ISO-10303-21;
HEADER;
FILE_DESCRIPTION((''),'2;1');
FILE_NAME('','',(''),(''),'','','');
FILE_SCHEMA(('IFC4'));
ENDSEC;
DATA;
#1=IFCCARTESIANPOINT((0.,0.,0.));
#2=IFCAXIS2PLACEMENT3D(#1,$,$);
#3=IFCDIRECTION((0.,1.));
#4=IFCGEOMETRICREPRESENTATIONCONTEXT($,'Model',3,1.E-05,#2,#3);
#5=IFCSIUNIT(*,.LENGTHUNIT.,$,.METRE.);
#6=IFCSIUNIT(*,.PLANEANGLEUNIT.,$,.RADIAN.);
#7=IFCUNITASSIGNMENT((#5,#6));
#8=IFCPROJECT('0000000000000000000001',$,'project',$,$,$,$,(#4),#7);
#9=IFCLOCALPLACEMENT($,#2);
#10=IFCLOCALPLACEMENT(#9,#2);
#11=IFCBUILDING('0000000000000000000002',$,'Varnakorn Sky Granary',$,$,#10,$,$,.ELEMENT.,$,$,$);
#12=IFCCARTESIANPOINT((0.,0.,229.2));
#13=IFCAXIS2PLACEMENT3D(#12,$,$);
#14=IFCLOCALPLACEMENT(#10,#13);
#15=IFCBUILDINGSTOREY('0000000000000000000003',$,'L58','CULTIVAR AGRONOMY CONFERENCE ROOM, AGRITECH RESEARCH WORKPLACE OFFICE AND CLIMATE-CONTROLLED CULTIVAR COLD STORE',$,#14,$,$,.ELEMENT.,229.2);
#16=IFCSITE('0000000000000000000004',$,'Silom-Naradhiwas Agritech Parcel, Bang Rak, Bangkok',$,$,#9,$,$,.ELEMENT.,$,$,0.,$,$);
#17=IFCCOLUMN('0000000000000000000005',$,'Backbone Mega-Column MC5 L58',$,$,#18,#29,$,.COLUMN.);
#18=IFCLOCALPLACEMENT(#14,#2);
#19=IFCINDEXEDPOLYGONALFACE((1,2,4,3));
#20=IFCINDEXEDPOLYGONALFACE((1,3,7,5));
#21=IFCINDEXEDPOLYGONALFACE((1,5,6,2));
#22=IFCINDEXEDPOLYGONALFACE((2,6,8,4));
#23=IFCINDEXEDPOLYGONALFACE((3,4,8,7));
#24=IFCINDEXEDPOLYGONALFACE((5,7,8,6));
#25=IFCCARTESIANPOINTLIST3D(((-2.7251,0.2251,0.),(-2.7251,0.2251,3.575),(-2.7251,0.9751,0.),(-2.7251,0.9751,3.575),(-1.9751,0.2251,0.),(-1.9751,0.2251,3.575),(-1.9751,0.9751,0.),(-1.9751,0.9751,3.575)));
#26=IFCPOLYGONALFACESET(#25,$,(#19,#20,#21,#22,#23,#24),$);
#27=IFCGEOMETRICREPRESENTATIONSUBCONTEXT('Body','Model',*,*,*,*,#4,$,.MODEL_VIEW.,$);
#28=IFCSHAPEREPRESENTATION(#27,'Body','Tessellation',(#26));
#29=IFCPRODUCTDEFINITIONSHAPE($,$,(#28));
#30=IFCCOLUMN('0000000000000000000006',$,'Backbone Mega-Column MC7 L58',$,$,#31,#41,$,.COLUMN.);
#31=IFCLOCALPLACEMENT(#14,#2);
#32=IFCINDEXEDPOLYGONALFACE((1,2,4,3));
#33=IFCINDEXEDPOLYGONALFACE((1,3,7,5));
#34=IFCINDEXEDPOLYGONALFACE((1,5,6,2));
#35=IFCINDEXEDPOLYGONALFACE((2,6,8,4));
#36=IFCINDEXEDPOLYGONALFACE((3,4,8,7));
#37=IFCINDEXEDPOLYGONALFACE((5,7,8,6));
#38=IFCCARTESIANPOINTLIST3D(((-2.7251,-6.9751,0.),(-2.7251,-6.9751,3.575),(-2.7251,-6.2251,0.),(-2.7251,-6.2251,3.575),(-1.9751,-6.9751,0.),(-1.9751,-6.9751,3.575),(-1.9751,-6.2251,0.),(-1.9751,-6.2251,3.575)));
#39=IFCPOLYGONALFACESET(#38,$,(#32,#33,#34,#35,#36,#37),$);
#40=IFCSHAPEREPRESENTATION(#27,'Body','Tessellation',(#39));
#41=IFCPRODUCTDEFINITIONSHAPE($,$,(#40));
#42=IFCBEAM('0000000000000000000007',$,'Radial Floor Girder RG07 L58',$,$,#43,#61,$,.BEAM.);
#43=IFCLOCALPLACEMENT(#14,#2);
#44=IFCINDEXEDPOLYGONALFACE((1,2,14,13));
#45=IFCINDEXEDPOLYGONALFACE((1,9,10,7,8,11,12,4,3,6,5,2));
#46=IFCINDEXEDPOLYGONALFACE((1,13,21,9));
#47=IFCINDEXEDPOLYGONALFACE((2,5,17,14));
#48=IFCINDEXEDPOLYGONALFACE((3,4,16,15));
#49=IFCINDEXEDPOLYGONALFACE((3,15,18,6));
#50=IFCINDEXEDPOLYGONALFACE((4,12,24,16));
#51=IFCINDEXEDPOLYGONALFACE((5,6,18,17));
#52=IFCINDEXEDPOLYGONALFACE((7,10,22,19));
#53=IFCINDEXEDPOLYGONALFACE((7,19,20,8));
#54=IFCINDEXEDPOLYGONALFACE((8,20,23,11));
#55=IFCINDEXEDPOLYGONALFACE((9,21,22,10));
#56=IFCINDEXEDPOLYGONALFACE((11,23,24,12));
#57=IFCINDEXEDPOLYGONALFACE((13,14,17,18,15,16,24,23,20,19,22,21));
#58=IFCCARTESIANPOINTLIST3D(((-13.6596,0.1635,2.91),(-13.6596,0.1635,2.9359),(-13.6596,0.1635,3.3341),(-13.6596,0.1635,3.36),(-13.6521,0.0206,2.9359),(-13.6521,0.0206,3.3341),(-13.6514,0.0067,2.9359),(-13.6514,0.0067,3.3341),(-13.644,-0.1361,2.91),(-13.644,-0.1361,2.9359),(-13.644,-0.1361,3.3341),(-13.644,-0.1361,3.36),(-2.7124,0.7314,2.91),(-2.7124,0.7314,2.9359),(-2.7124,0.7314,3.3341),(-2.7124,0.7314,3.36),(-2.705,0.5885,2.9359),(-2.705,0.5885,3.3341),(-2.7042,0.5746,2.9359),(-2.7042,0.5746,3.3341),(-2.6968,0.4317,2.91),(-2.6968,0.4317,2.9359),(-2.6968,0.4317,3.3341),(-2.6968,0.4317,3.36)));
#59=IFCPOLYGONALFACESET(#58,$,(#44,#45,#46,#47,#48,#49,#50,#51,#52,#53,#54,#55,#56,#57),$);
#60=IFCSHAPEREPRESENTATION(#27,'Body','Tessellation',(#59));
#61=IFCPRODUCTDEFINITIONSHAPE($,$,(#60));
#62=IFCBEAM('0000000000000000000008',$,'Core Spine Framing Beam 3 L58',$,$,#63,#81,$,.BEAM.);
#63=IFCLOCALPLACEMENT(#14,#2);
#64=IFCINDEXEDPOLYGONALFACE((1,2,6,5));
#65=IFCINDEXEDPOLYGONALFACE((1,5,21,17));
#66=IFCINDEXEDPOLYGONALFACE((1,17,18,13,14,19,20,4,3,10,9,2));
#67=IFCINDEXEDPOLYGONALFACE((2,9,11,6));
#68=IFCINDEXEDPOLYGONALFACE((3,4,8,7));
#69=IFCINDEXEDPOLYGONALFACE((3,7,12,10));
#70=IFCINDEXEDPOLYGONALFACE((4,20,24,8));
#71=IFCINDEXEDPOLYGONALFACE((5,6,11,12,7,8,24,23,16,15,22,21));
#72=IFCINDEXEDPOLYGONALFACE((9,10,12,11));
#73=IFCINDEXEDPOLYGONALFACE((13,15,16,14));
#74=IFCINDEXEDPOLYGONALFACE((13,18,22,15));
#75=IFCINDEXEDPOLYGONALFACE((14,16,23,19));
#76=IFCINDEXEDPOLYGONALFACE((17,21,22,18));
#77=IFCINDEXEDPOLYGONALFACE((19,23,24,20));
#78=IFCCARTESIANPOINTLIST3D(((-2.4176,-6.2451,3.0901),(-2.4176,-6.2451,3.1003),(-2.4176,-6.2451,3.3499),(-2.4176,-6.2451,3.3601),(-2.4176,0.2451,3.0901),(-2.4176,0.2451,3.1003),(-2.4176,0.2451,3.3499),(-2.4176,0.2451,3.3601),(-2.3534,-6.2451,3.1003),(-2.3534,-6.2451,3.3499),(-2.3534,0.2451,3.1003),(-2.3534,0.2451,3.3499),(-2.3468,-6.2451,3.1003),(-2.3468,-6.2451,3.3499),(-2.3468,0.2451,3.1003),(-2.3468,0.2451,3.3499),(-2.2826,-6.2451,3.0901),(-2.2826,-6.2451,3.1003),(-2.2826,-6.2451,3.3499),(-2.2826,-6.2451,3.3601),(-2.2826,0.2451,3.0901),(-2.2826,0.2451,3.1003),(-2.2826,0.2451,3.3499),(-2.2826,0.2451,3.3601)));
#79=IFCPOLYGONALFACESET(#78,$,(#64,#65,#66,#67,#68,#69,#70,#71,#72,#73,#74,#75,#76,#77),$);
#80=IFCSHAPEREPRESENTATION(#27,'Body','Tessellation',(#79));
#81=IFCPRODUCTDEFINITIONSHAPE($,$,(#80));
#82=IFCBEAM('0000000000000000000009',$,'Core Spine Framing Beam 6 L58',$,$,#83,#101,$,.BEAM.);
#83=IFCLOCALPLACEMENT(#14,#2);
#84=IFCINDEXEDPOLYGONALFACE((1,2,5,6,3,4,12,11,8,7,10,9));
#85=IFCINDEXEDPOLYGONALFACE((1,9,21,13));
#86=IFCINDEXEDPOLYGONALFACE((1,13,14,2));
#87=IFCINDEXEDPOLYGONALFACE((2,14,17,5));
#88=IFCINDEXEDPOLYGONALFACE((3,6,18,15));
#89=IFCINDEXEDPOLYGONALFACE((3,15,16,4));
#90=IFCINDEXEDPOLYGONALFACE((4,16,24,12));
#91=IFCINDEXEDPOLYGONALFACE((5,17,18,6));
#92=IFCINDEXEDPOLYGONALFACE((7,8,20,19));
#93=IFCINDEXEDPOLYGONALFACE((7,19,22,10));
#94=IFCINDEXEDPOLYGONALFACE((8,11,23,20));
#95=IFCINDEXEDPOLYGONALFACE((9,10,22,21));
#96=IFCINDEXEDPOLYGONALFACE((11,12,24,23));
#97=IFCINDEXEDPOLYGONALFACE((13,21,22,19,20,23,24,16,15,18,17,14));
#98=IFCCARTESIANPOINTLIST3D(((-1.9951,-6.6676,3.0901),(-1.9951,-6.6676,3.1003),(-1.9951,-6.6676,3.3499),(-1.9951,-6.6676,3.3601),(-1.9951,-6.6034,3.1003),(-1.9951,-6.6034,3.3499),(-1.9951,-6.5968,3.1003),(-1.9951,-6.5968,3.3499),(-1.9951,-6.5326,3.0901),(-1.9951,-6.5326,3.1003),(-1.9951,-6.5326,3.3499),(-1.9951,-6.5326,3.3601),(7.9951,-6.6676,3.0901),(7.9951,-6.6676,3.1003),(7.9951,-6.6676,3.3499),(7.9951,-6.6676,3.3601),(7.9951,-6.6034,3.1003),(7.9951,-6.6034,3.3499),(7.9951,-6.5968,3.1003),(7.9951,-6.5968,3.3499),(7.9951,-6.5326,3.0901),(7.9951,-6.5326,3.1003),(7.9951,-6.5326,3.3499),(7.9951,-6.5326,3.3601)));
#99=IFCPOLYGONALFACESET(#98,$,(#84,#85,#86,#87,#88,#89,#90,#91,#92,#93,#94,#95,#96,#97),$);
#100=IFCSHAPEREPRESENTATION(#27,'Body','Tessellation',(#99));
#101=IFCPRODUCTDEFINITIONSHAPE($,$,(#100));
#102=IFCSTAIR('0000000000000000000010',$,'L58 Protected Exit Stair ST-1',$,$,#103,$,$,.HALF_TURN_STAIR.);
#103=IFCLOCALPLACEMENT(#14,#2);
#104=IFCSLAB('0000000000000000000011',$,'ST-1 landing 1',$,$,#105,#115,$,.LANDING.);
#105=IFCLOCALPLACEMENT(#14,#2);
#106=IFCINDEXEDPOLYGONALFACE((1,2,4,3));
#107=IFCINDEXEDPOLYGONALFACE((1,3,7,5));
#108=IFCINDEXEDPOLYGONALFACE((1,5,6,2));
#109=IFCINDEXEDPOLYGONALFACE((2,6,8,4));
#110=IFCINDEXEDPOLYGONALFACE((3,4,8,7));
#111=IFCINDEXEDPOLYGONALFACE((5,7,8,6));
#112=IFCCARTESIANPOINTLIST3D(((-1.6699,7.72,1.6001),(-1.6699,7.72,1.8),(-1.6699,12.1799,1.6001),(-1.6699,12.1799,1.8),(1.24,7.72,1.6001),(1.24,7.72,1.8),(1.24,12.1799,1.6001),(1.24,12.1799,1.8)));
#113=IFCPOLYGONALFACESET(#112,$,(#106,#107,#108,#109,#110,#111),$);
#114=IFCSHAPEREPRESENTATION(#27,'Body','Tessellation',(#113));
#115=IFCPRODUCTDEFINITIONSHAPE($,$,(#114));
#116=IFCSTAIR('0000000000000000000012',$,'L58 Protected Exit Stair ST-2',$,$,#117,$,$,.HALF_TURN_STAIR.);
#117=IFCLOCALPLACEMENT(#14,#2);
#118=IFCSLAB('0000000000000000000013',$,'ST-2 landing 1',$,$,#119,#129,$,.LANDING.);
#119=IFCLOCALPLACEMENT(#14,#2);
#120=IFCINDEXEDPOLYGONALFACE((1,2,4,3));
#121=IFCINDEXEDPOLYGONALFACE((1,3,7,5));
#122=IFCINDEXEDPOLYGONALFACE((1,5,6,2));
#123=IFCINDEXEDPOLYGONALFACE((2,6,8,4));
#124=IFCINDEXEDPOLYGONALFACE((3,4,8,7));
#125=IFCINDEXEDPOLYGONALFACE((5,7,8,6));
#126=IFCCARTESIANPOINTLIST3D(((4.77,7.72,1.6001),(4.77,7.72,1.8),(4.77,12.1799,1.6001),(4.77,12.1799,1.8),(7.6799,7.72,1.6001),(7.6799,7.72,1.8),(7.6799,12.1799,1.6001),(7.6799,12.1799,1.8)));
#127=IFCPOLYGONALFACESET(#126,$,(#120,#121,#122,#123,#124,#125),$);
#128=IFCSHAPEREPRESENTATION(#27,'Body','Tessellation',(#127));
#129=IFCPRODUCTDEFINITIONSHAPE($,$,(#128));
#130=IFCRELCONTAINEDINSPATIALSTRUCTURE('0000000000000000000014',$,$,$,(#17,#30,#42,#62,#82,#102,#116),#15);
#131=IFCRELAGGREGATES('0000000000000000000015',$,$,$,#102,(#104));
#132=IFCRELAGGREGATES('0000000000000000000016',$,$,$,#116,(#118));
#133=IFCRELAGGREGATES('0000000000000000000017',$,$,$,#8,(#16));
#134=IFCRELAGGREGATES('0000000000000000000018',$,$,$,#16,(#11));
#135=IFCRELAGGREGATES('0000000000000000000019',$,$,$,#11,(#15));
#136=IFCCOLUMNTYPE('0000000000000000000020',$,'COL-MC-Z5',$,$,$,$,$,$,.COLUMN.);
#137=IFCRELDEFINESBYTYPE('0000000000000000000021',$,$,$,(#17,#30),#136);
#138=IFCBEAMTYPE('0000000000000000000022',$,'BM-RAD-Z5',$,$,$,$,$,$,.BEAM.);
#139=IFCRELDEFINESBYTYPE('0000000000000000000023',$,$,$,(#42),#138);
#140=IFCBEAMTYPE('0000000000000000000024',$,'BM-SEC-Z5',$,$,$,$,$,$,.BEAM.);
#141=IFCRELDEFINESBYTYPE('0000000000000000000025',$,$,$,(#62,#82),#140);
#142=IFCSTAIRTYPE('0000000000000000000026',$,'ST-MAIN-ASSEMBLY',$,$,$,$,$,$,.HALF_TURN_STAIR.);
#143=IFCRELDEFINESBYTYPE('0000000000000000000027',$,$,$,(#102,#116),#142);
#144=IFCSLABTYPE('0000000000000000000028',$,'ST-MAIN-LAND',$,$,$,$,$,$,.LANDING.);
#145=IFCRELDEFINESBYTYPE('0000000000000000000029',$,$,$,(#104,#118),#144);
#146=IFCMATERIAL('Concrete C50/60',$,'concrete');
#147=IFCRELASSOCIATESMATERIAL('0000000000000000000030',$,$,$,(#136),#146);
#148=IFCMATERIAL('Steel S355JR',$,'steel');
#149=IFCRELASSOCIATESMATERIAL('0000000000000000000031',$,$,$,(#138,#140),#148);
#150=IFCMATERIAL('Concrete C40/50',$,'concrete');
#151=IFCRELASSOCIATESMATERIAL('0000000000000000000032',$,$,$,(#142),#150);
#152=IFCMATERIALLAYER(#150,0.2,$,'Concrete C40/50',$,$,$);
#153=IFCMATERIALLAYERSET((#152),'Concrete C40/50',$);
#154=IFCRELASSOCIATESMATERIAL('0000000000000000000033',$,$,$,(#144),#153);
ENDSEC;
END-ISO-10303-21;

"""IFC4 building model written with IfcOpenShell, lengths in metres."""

from ifc_helpers import new_model, si_unit, direction, frame, origin, origin_2d, place, context, subcontext, project, spatial, polyline, rectangle, i_section, outline, extrude, material, layer, layer_set, material_profile, profile_set, type_object, element, aggregate, save


model = new_model("IFC4")

# Units and contexts
model_context = context("Model", 3, precision=1e-05, world=origin(), true_north=direction((0.0, 1.0)))
body_context = subcontext(model_context, "Body", "Model", "MODEL_VIEW")
ifc_project = project(units=[si_unit("LENGTHUNIT", "METRE"), si_unit("PLANEANGLEUNIT", "RADIAN")], contexts=[model_context])

# Site, building, storey
site_placement = place(None, origin())
site = spatial("IfcSite", under=ifc_project, at=site_placement, Name="Silom-Naradhiwas Agritech Parcel, Bang Rak, Bangkok", CompositionType="ELEMENT", RefElevation=0.0)
building_placement = place(site_placement, origin())
building = spatial("IfcBuilding", under=site, at=building_placement, Name="Varnakorn Sky Granary", CompositionType="ELEMENT")
storey_placement = place(building_placement, frame((0.0, 0.0, 229.2)))
storey = spatial("IfcBuildingStorey", under=building, at=storey_placement, Name="L58", Description="CULTIVAR AGRONOMY CONFERENCE ROOM, AGRITECH RESEARCH WORKPLACE OFFICE AND CLIMATE-CONTROLLED CULTIVAR COLD STORE", CompositionType="ELEMENT", Elevation=229.2)

# Columns
ifc_material_1 = material(Name="Concrete C50/60", Category="concrete")
ifc_material_profile_1 = material_profile(ifc_material_1, rectangle(XDim=0.75, YDim=0.75, at=origin_2d()), Name="RC 750x750")
ifc_profile_set_1 = profile_set([ifc_material_profile_1], Name="Concrete C50/60")
column_type = type_object("IfcColumnType", Name="COL-MC-Z5", PredefinedType="COLUMN", material=ifc_profile_set_1)
for number, where, z_axis, x_axis, name in (
    (1, (-2.3501, 0.6001, 0.0), (0.0, 0.0, 1.0), (1.0, 0.0, 0.0), "Backbone Mega-Column MC5 L58"),
    (2, (-2.3501, -6.6001, 0.0), (0.0, 0.0, 1.0), (1.0, 0.0, 0.0), "Backbone Mega-Column MC7 L58"),
):
    element("IfcColumn", number, at=place(storey_placement, frame(where, z_axis=z_axis, x_axis=x_axis)), inside=storey, type_object=column_type, Name=name, PredefinedType="COLUMN", context=body_context, shape_type="SweptSolid", body=[
        extrude(rectangle(XDim=0.75, YDim=0.75, at=origin_2d()), origin(), (0.0, 0.0, 1.0), 3.575),
    ])

# Beams
ifc_material_2 = material(Name="Steel S355JR", Category="steel")
ifc_material_profile_2 = material_profile(ifc_material_2, i_section(OverallWidth=0.3, OverallDepth=0.45, WebThickness=0.0139, FlangeThickness=0.0259, at=origin_2d()), Name="HE 450 B")
ifc_profile_set_2 = profile_set([ifc_material_profile_2], Name="Steel S355JR")
beam_type_1 = type_object("IfcBeamType", Name="BM-RAD-Z5", PredefinedType="BEAM", material=ifc_profile_set_2)
beam_1_placement = place(storey_placement, frame((-2.7046, 0.5815, 3.135), z_axis=(-0.998657, -0.051804, 0.0), x_axis=(0.051804, -0.998657, 0.0)))
element("IfcBeam", 3, at=beam_1_placement, inside=storey, type_object=beam_type_1, Name="Radial Floor Girder RG07 L58", PredefinedType="BEAM", context=body_context, shape_type="SweptSolid", body=[
    extrude(i_section(OverallWidth=0.3, OverallDepth=0.45, WebThickness=0.0139, FlangeThickness=0.0259, at=origin_2d()), origin(), (0.0, 0.0, 1.0), 10.9619),
])
ifc_material_profile_3 = material_profile(ifc_material_2, i_section(OverallWidth=0.135, OverallDepth=0.27, WebThickness=0.0066, FlangeThickness=0.0103, at=origin_2d()), Name="IPE 270")
ifc_profile_set_3 = profile_set([ifc_material_profile_3], Name="Steel S355JR")
beam_type_2 = type_object("IfcBeamType", Name="BM-SEC-Z5", PredefinedType="BEAM", material=ifc_profile_set_3)
beam_2_placement = place(storey_placement, frame((-2.3501, 0.2451, 3.2251), z_axis=(0.0, -1.0, 0.0), x_axis=(1.0, 0.0, 0.0)))
element("IfcBeam", 4, at=beam_2_placement, inside=storey, type_object=beam_type_2, Name="Core Spine Framing Beam 3 L58", PredefinedType="BEAM", context=body_context, shape_type="SweptSolid", body=[
    extrude(i_section(OverallWidth=0.135, OverallDepth=0.27, WebThickness=0.0066, FlangeThickness=0.0103, at=origin_2d()), origin(), (0.0, 0.0, 1.0), 6.4902),
])
beam_3_placement = place(storey_placement, frame((-1.9951, -6.6001, 3.2251), z_axis=(1.0, 0.0, 0.0), x_axis=(0.0, 1.0, 0.0)))
element("IfcBeam", 5, at=beam_3_placement, inside=storey, type_object=beam_type_2, Name="Core Spine Framing Beam 6 L58", PredefinedType="BEAM", context=body_context, shape_type="SweptSolid", body=[
    extrude(i_section(OverallWidth=0.135, OverallDepth=0.27, WebThickness=0.0066, FlangeThickness=0.0103, at=origin_2d()), origin(), (0.0, 0.0, 1.0), 9.9902),
])

# Stairs, slabs
ifc_material_3 = material(Name="Concrete C40/50", Category="concrete")
stair_type = type_object("IfcStairType", Name="ST-MAIN-ASSEMBLY", PredefinedType="HALF_TURN_STAIR", material=ifc_material_3)
stair_1_placement = place(storey_placement, origin())
stair_1 = element("IfcStair", 6, at=stair_1_placement, inside=storey, type_object=stair_type, Name="L58 Protected Exit Stair ST-1", PredefinedType="HALF_TURN_STAIR")
ifc_layer_1 = layer(ifc_material_3, 0.2, Name="Concrete C40/50")
ifc_layer_set_1 = layer_set([ifc_layer_1], Name="Concrete C40/50")
slab_type_1 = type_object("IfcSlabType", Name="ST-MAIN-LAND", PredefinedType="LANDING", material=ifc_layer_set_1)
slab_1_placement = place(storey_placement, frame((0.0, 0.0, 1.6001)))
slab_1 = element("IfcSlab", 7, at=slab_1_placement, type_object=slab_type_1, Name="ST-1 landing 1", PredefinedType="LANDING", context=body_context, shape_type="SweptSolid", body=[
    extrude(outline(polyline([(1.24, 7.72), (1.24, 12.1799), (-1.6699, 12.1799), (-1.6699, 7.72), (1.24, 7.72)])), origin(), (0.0, 0.0, 1.0), 0.2),
])
aggregate(stair_1, [slab_1])
stair_2_placement = place(storey_placement, origin())
stair_2 = element("IfcStair", 8, at=stair_2_placement, inside=storey, type_object=stair_type, Name="L58 Protected Exit Stair ST-2", PredefinedType="HALF_TURN_STAIR")
slab_2_placement = place(storey_placement, frame((0.0, 0.0, 1.6001)))
slab_2 = element("IfcSlab", 9, at=slab_2_placement, type_object=slab_type_1, Name="ST-2 landing 1", PredefinedType="LANDING", context=body_context, shape_type="SweptSolid", body=[
    extrude(outline(polyline([(7.6799, 7.72), (7.6799, 12.1799), (4.77, 12.1799), (4.77, 7.72), (7.6799, 7.72)])), origin(), (0.0, 0.0, 1.0), 0.2),
])
aggregate(stair_2, [slab_2])

save(model, "model.ifc")
